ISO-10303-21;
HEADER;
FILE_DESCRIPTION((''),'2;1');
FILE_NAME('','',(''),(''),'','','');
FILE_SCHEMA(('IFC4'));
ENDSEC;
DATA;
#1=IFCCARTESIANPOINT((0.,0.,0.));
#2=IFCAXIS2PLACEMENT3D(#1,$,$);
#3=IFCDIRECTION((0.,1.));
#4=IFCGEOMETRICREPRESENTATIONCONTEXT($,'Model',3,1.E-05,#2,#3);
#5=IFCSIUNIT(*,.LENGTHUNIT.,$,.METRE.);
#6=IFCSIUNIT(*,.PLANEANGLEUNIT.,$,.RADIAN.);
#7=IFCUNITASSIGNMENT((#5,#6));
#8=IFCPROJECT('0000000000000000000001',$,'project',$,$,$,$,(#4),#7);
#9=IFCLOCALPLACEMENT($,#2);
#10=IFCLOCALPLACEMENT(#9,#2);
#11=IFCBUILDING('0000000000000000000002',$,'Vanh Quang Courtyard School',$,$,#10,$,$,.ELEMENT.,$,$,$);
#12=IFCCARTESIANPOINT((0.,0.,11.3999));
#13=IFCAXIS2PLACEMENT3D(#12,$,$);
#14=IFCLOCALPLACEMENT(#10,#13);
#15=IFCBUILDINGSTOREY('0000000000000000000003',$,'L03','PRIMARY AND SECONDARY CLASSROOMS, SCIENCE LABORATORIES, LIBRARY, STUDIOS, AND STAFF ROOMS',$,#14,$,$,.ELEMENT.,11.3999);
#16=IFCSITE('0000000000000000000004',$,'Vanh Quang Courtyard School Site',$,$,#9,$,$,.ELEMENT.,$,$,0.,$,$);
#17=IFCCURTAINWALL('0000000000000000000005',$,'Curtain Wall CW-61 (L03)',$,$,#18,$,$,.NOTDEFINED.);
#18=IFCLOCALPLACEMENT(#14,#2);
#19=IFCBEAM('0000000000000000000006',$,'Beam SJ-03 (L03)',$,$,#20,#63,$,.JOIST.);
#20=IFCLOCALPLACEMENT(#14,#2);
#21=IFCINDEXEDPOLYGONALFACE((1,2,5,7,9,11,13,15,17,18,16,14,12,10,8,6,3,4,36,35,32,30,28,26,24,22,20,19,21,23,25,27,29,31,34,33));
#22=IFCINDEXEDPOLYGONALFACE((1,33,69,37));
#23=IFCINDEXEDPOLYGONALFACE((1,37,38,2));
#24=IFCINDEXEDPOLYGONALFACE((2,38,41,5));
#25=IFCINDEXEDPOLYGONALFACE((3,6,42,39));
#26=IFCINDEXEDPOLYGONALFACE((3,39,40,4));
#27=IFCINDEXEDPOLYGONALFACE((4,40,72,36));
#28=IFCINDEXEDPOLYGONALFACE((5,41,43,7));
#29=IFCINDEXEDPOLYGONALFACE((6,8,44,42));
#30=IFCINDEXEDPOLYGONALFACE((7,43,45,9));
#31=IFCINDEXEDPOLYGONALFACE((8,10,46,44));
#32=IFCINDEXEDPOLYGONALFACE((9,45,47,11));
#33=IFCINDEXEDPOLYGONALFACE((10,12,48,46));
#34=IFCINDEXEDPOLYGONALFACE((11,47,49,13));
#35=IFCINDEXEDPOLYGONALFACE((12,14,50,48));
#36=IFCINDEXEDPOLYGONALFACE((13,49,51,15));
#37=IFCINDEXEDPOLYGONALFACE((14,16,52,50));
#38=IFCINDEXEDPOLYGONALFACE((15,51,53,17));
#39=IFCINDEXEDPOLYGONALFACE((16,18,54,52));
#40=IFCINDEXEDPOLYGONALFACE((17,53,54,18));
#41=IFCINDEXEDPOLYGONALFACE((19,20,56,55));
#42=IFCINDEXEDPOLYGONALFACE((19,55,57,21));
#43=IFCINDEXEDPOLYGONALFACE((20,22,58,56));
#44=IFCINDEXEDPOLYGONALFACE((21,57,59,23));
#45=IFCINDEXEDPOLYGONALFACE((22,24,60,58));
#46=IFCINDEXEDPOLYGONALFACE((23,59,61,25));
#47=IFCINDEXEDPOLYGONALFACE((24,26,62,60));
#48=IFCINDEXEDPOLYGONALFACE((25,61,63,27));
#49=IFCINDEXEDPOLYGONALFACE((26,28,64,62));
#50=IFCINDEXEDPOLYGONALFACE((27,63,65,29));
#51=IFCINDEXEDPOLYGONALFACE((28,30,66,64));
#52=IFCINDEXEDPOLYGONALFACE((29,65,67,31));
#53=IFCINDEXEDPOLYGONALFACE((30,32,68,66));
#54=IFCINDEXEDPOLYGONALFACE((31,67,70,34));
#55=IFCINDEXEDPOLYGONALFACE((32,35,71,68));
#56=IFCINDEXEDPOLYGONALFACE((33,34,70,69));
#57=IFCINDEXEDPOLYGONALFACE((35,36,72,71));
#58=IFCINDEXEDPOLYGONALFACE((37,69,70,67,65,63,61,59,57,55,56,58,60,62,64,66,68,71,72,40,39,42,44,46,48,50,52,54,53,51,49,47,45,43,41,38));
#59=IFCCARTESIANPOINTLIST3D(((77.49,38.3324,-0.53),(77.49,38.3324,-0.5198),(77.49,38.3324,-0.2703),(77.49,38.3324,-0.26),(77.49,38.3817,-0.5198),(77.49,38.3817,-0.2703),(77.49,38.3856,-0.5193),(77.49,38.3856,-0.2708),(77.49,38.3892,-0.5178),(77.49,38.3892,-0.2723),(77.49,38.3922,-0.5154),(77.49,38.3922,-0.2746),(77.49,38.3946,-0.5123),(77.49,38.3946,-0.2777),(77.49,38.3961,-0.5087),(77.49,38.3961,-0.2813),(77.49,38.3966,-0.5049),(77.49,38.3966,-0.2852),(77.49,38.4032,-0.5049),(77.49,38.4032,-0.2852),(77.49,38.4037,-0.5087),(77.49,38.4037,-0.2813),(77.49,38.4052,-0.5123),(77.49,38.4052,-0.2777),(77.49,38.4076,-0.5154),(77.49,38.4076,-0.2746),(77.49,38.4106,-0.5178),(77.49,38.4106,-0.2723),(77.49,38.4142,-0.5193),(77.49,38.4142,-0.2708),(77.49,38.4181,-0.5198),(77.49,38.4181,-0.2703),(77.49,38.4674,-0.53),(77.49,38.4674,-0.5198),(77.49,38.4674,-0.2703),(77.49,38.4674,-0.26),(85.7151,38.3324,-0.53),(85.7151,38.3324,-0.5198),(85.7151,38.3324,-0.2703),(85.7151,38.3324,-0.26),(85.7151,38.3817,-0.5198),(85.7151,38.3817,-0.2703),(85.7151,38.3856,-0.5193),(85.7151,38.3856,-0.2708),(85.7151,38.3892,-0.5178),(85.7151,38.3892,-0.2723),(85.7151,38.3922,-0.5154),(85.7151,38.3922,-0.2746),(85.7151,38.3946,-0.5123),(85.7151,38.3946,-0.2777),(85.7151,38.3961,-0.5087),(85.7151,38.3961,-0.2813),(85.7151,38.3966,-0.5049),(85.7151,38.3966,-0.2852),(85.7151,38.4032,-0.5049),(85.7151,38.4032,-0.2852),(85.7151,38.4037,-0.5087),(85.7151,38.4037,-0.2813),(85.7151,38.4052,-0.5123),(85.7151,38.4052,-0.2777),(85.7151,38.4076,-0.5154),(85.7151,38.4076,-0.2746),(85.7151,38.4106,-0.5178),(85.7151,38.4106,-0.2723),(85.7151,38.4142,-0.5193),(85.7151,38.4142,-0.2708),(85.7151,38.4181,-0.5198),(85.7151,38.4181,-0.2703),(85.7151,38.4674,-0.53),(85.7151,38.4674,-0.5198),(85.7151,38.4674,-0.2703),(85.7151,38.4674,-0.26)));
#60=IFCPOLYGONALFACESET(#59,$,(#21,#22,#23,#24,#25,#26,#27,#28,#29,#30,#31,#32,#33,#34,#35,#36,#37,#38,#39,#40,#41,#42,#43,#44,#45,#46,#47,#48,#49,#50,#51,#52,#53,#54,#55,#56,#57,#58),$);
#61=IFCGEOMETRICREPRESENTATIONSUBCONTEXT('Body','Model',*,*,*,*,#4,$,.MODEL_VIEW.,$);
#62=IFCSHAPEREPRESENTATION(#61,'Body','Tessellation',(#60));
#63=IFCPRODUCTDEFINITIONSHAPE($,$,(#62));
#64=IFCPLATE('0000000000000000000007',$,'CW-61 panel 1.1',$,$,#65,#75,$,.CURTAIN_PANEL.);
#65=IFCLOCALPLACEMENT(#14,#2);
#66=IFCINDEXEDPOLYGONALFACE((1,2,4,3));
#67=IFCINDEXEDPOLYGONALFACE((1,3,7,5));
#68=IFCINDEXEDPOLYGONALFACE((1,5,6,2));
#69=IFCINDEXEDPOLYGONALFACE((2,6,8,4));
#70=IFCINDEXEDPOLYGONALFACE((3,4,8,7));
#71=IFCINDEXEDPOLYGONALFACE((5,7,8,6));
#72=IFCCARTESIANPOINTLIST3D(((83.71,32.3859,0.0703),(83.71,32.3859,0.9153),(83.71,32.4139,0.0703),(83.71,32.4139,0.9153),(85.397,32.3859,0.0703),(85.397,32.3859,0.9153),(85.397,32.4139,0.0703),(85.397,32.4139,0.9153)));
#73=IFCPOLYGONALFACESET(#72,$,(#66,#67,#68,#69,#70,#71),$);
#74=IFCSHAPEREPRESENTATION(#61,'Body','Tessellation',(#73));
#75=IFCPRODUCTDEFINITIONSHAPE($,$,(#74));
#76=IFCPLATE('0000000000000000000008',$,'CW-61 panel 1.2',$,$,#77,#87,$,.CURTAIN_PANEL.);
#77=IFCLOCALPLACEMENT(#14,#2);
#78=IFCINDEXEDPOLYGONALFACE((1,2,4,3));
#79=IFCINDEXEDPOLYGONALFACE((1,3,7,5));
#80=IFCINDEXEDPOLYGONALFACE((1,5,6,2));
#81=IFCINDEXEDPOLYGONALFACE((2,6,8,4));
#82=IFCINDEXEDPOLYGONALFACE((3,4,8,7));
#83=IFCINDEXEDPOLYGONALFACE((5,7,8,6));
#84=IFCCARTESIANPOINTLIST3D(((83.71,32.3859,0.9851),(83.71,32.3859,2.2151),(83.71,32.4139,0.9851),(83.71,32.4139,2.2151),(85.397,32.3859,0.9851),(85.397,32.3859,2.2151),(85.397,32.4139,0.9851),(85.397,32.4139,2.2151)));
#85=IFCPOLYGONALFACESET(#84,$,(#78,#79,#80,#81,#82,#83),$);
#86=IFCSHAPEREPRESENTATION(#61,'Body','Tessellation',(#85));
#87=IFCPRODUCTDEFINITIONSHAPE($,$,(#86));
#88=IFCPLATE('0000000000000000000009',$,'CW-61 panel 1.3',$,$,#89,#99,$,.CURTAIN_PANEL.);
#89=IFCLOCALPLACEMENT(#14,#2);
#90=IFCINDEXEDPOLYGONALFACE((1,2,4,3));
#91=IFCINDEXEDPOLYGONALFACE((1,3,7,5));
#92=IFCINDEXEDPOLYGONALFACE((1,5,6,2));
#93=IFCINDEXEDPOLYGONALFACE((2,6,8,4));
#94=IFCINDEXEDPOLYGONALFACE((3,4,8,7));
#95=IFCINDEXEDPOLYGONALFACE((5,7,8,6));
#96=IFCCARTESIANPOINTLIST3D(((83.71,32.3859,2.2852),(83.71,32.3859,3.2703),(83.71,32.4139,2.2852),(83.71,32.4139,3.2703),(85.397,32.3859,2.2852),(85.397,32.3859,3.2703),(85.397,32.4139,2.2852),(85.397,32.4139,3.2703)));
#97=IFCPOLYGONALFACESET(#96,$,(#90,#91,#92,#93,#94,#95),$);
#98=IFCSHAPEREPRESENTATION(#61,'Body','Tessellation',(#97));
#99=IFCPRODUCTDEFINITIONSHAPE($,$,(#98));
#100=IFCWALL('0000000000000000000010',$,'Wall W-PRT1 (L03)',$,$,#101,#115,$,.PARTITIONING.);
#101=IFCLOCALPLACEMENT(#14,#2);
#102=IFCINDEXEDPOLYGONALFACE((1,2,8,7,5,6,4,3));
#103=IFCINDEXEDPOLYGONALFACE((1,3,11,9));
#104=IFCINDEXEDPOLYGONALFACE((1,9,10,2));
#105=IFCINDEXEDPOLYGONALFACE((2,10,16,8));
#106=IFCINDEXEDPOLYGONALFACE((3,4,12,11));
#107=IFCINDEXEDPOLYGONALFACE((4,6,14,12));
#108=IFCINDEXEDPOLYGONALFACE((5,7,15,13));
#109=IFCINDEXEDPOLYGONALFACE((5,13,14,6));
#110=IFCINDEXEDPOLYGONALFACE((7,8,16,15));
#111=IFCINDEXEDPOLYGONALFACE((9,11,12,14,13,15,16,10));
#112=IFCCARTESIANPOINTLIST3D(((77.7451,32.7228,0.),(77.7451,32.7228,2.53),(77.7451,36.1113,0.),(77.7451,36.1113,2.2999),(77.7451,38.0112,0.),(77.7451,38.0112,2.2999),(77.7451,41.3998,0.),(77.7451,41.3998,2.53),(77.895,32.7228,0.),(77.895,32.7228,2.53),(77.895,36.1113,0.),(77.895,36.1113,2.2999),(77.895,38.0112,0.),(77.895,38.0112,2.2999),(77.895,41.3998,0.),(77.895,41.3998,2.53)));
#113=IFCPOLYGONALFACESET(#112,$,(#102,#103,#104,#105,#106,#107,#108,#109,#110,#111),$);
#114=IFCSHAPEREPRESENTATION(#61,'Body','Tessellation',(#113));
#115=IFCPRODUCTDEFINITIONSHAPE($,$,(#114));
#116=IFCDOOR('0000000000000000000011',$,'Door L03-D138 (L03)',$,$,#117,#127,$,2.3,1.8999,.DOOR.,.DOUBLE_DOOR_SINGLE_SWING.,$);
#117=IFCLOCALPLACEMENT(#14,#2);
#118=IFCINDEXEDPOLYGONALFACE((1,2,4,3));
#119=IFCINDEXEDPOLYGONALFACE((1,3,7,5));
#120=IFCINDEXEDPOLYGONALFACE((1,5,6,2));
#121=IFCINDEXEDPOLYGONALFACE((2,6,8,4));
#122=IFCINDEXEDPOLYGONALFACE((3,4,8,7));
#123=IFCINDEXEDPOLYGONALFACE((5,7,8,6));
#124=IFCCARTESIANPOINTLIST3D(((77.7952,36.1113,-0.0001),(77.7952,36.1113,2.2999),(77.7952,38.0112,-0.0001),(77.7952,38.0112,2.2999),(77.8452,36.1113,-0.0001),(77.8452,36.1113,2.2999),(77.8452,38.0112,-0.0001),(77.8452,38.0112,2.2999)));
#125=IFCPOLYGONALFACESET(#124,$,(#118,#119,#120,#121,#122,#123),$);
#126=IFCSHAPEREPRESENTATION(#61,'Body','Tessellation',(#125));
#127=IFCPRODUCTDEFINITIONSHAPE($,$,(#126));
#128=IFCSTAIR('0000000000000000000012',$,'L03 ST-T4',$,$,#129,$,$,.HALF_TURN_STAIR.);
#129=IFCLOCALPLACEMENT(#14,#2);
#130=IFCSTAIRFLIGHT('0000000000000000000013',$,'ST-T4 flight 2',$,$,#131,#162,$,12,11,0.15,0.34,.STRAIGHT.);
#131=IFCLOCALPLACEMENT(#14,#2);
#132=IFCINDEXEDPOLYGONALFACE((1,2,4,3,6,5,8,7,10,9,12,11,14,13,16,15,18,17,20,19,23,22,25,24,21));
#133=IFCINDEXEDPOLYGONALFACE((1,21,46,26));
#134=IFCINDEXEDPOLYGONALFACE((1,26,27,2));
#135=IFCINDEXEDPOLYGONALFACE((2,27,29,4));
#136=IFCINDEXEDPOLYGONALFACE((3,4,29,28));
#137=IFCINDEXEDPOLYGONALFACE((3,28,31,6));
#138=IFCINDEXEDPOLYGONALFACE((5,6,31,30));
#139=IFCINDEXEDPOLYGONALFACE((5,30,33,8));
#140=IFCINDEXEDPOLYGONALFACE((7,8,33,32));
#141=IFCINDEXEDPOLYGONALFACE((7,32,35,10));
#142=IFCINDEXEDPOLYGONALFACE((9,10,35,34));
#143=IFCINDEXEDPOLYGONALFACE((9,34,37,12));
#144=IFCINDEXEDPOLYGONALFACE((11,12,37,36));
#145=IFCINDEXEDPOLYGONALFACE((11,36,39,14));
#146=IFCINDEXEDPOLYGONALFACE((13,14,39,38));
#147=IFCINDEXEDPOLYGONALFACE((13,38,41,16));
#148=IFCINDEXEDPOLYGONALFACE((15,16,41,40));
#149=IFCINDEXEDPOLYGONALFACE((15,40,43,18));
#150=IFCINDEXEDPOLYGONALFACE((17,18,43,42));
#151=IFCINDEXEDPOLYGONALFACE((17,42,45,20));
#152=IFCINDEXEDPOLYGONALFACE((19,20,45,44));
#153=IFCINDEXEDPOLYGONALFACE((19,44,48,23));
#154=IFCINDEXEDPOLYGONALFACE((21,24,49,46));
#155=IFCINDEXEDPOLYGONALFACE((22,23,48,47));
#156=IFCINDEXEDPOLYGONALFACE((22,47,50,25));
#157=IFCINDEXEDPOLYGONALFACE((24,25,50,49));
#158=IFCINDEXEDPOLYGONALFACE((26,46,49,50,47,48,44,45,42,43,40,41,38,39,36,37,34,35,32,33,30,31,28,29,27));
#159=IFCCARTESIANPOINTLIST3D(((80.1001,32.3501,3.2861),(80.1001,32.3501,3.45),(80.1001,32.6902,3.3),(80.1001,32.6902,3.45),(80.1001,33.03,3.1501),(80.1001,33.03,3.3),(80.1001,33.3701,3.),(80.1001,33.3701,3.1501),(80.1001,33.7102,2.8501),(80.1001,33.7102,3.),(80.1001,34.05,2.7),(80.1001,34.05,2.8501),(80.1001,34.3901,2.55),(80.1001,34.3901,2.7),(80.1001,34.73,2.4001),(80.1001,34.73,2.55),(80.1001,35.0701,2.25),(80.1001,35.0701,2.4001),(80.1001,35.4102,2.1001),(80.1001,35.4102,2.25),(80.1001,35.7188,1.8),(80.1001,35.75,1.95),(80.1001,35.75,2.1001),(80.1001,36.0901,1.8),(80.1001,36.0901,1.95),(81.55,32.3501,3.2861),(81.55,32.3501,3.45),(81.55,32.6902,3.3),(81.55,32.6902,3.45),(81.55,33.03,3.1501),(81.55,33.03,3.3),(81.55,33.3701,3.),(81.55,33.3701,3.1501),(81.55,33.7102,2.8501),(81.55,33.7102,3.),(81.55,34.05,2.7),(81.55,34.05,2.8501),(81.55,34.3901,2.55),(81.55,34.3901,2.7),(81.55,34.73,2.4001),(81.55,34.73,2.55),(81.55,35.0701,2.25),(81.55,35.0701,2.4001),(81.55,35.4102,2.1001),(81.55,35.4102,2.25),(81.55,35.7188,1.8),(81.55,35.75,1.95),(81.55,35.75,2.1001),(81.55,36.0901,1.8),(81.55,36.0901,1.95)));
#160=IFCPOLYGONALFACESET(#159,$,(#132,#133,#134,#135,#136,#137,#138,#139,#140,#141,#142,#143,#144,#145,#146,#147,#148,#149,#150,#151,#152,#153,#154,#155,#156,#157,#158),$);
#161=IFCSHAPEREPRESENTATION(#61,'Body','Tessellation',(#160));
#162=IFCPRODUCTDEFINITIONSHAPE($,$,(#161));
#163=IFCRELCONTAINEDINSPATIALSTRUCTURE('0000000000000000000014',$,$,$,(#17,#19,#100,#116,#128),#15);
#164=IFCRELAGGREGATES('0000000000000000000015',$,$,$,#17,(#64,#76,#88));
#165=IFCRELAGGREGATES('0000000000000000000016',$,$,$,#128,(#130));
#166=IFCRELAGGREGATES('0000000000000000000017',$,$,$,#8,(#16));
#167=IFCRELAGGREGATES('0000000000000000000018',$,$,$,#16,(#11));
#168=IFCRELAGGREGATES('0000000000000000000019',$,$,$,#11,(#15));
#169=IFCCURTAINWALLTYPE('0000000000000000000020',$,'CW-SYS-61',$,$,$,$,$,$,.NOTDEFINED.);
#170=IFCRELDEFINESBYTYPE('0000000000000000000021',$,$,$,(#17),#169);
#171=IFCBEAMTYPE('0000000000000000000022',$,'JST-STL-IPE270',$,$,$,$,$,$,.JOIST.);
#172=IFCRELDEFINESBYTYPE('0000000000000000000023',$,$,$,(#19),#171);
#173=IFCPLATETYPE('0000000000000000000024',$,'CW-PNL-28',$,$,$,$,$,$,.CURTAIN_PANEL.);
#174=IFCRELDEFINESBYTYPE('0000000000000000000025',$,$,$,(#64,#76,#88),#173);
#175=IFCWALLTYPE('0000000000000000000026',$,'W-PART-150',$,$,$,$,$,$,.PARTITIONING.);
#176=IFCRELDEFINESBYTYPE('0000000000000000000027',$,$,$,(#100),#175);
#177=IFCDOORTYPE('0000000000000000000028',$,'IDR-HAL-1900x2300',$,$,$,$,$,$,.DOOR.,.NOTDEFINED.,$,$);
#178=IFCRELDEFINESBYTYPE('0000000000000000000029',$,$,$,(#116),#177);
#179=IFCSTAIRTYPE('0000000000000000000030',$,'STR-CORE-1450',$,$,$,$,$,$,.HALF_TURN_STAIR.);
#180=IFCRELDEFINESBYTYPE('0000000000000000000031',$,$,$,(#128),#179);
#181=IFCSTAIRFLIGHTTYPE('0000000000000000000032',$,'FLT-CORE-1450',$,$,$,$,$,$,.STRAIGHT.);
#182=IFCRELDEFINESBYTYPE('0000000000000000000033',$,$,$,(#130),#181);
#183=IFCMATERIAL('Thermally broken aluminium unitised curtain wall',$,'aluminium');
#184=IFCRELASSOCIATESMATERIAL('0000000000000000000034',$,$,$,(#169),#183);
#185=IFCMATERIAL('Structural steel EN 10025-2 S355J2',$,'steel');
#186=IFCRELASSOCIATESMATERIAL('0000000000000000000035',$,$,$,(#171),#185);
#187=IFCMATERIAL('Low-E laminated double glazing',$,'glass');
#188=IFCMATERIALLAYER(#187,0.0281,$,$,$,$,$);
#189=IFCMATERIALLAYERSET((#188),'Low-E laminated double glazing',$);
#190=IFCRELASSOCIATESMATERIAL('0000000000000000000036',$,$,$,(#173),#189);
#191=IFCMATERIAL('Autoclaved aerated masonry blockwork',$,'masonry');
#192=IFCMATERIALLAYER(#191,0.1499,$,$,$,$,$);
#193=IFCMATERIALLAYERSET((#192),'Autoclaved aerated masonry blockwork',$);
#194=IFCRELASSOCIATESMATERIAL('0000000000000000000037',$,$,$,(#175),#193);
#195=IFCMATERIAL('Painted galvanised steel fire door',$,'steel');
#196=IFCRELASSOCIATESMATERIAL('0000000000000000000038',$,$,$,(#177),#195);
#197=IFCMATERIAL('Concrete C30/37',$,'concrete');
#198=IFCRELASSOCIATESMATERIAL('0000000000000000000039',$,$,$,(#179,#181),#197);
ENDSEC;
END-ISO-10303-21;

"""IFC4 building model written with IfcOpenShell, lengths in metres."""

from ifc_helpers import new_model, si_unit, direction, frame, frame_2d, origin, origin_2d, place, context, subcontext, project, spatial, polyline, rectangle, i_section, outline, extrude, material, layer, layer_set, material_profile, profile_set, type_object, element, fill, aggregate, save


model = new_model("IFC4")

# Units and contexts
model_context = context("Model", 3, precision=1e-05, world=origin(), true_north=direction((0.0, 1.0)))
body_context = subcontext(model_context, "Body", "Model", "MODEL_VIEW")
ifc_project = project(units=[si_unit("LENGTHUNIT", "METRE"), si_unit("PLANEANGLEUNIT", "RADIAN")], contexts=[model_context])

# Site, building, storey
site_placement = place(None, origin())
site = spatial("IfcSite", under=ifc_project, at=site_placement, Name="Vanh Quang Courtyard School Site", CompositionType="ELEMENT", RefElevation=0.0)
building_placement = place(site_placement, origin())
building = spatial("IfcBuilding", under=site, at=building_placement, Name="Vanh Quang Courtyard School", CompositionType="ELEMENT")
storey_placement = place(building_placement, frame((0.0, 0.0, 11.3999)))
storey = spatial("IfcBuildingStorey", under=building, at=storey_placement, Name="L03", Description="PRIMARY AND SECONDARY CLASSROOMS, SCIENCE LABORATORIES, LIBRARY, STUDIOS, AND STAFF ROOMS", CompositionType="ELEMENT", Elevation=11.3999)

# Shared definitions
ifc_material_1 = material(Name="Structural steel EN 10025-2 S355J2", Category="steel")

# Curtain wall
ifc_material_2 = material(Name="Thermally broken aluminium unitised curtain wall", Category="aluminium")
curtain_wall_type = type_object("IfcCurtainWallType", Name="CW-SYS-61", PredefinedType="NOTDEFINED", material=ifc_material_2)
curtain_wall_placement = place(storey_placement, origin())
curtain_wall = element("IfcCurtainWall", 1, at=curtain_wall_placement, inside=storey, type_object=curtain_wall_type, Name="Curtain Wall CW-61 (L03)", PredefinedType="NOTDEFINED")

# Beam
ifc_material_3 = material(Name="Concrete C30/37", Category="concrete")
ifc_material_profile_1 = material_profile(ifc_material_1, i_section(OverallWidth=0.135, OverallDepth=0.27, WebThickness=0.0066, FlangeThickness=0.0103, FilletRadius=0.0149, at=origin_2d()), Name="IPE 270")
ifc_profile_set_1 = profile_set([ifc_material_profile_1], Name="Structural steel EN 10025-2 S355J2")
beam_type_1 = type_object("IfcBeamType", Name="JST-STL-IPE270", PredefinedType="JOIST", material=ifc_profile_set_1)
for number, where, z_axis, x_axis, name in (
    (2, (77.49, 38.3999, -0.395), (1.0, 0.0, 0.0), (0.0, 1.0, 0.0), "Beam SJ-03 (L03)"),
):
    element("IfcBeam", number, at=place(storey_placement, frame(where, z_axis=z_axis, x_axis=x_axis)), inside=storey, type_object=beam_type_1, Name=name, PredefinedType="JOIST", context=body_context, shape_type="SweptSolid", body=[
        extrude(i_section(OverallWidth=0.135, OverallDepth=0.27, WebThickness=0.0066, FlangeThickness=0.0103, FilletRadius=0.0149, at=origin_2d()), origin(), (0.0, 0.0, 1.0), 8.2251),
    ])

# Plates
ifc_material_4 = material(Name="Low-E laminated double glazing", Category="glass")
ifc_layer_1 = layer(ifc_material_4, 0.0281)
ifc_layer_set_1 = layer_set([ifc_layer_1], Name="Low-E laminated double glazing")
plate_type = type_object("IfcPlateType", Name="CW-PNL-28", PredefinedType="CURTAIN_PANEL", material=ifc_layer_set_1)
plate_1_placement = place(storey_placement, frame((84.5535, 32.3999, 0.0703), z_axis=(0.0, 0.0, 1.0), x_axis=(-1.0, 0.0, 0.0)))
plate_1 = element("IfcPlate", 3, at=plate_1_placement, type_object=plate_type, Name="CW-61 panel 1.1", PredefinedType="CURTAIN_PANEL", context=body_context, shape_type="SweptSolid", body=[
    extrude(rectangle(XDim=1.687, YDim=0.0281, at=origin_2d()), origin(), (0.0, 0.0, 1.0), 0.845),
])
plate_2_placement = place(storey_placement, frame((84.5535, 32.3999, 0.9851), z_axis=(0.0, 0.0, 1.0), x_axis=(-1.0, 0.0, 0.0)))
plate_2 = element("IfcPlate", 4, at=plate_2_placement, type_object=plate_type, Name="CW-61 panel 1.2", PredefinedType="CURTAIN_PANEL", context=body_context, shape_type="SweptSolid", body=[
    extrude(rectangle(XDim=1.687, YDim=0.0281, at=origin_2d()), origin(), (0.0, 0.0, 1.0), 1.23),
])
plate_3_placement = place(storey_placement, frame((84.5535, 32.3999, 2.2852), z_axis=(0.0, 0.0, 1.0), x_axis=(-1.0, 0.0, 0.0)))
plate_3 = element("IfcPlate", 5, at=plate_3_placement, type_object=plate_type, Name="CW-61 panel 1.3", PredefinedType="CURTAIN_PANEL", context=body_context, shape_type="SweptSolid", body=[
    extrude(rectangle(XDim=1.687, YDim=0.0281, at=origin_2d()), origin(), (0.0, 0.0, 1.0), 0.9851),
])
aggregate(curtain_wall, [plate_1, plate_2, plate_3])

# Wall, opening, door
ifc_material_5 = material(Name="Autoclaved aerated masonry blockwork", Category="masonry")
ifc_layer_2 = layer(ifc_material_5, 0.1499)
ifc_layer_set_2 = layer_set([ifc_layer_2], Name="Autoclaved aerated masonry blockwork")
wall_type = type_object("IfcWallType", Name="W-PART-150", PredefinedType="PARTITIONING", material=ifc_layer_set_2)
wall_placement = place(storey_placement, frame((77.8201, 32.7229, 0.0), z_axis=(0.0, 0.0, 1.0), x_axis=(0.0, 1.0, 0.0)))
wall = element("IfcWall", 6, at=wall_placement, inside=storey, type_object=wall_type, Name="Wall W-PRT1 (L03)", PredefinedType="PARTITIONING", context=body_context, shape_type="SweptSolid", body=[
    extrude(rectangle(XDim=8.677, YDim=0.1499, at=frame_2d((4.3384, 0.0))), origin(), (0.0, 0.0, 1.0), 2.53),
])
opening_placement = place(wall_placement, frame((3.3884, 0.0, 0.0)))
opening = element("IfcOpeningElement", 7, at=opening_placement, cuts=wall, PredefinedType="OPENING", context=body_context, shape_type="SweptSolid", body=[
    extrude(rectangle(XDim=1.8999, YDim=2.3, at=frame_2d((0.95, 1.1499))), frame((0.0, 0.085, 0.0), z_axis=(0.0, -1.0, 0.0), x_axis=(1.0, 0.0, 0.0)), (0.0, 0.0, 1.0), 0.1699),
])
ifc_material_6 = material(Name="Painted galvanised steel fire door", Category="steel")
door_type = type_object("IfcDoorType", Name="IDR-HAL-1900x2300", OperationType="NOTDEFINED", PredefinedType="DOOR", material=ifc_material_6)
door_placement = place(opening_placement, origin())
door = element("IfcDoor", 8, at=door_placement, inside=storey, type_object=door_type, Name="Door L03-D138 (L03)", OperationType="DOUBLE_DOOR_SINGLE_SWING", OverallHeight=2.3, OverallWidth=1.8999, PredefinedType="DOOR", context=body_context, shape_type="SweptSolid", body=[
    extrude(rectangle(XDim=1.8999, YDim=2.3, at=frame_2d((0.95, 1.1499))), frame((0.0, 0.0249, 0.0), z_axis=(0.0, -1.0, 0.0), x_axis=(1.0, 0.0, 0.0)), (0.0, 0.0, 1.0), 0.05),
])
fill(opening, door)

# Stair, stair flight
stair_type = type_object("IfcStairType", Name="STR-CORE-1450", PredefinedType="HALF_TURN_STAIR", material=ifc_material_3)
stair_placement = place(storey_placement, origin())
stair = element("IfcStair", 9, at=stair_placement, inside=storey, type_object=stair_type, Name="L03 ST-T4", PredefinedType="HALF_TURN_STAIR")
stair_flight_type = type_object("IfcStairFlightType", Name="FLT-CORE-1450", PredefinedType="STRAIGHT", material=ifc_material_3)
stair_flight_placement = place(storey_placement, frame((80.825, 36.0901, 1.8), z_axis=(0.0, 0.0, 1.0), x_axis=(0.0, -1.0, 0.0)))
stair_flight = element("IfcStairFlight", 10, at=stair_flight_placement, type_object=stair_flight_type, Name="ST-T4 flight 2", NumberOfRisers=12, NumberOfTreads=11, PredefinedType="STRAIGHT", RiserHeight=0.15, TreadLength=0.34, context=body_context, shape_type="SweptSolid", body=[
    extrude(outline(polyline([(0.0, 0.0), (0.0, 0.1499), (0.3401, 0.1499), (0.3401, 0.3), (0.6799, 0.3), (0.6799, 0.45), (1.02, 0.45), (1.02, 0.6001), (1.3601, 0.6001), (1.3601, 0.75), (1.7, 0.75), (1.7, 0.8999), (2.04, 0.8999), (2.04, 1.05), (2.3799, 1.05), (2.3799, 1.2), (2.72, 1.2), (2.72, 1.3501), (3.0601, 1.3501), (3.0601, 1.5), (3.3999, 1.5), (3.3999, 1.6499), (3.74, 1.6499), (3.74, 1.8), (3.74, 1.4861), (0.3713, 0.0), (0.0, 0.0)])), frame((0.0, 0.7251, 0.0), z_axis=(0.0, -1.0, 0.0), x_axis=(1.0, 0.0, 0.0)), (0.0, 0.0, 1.0), 1.45),
])
aggregate(stair, [stair_flight])

save(model, "model.ifc")
